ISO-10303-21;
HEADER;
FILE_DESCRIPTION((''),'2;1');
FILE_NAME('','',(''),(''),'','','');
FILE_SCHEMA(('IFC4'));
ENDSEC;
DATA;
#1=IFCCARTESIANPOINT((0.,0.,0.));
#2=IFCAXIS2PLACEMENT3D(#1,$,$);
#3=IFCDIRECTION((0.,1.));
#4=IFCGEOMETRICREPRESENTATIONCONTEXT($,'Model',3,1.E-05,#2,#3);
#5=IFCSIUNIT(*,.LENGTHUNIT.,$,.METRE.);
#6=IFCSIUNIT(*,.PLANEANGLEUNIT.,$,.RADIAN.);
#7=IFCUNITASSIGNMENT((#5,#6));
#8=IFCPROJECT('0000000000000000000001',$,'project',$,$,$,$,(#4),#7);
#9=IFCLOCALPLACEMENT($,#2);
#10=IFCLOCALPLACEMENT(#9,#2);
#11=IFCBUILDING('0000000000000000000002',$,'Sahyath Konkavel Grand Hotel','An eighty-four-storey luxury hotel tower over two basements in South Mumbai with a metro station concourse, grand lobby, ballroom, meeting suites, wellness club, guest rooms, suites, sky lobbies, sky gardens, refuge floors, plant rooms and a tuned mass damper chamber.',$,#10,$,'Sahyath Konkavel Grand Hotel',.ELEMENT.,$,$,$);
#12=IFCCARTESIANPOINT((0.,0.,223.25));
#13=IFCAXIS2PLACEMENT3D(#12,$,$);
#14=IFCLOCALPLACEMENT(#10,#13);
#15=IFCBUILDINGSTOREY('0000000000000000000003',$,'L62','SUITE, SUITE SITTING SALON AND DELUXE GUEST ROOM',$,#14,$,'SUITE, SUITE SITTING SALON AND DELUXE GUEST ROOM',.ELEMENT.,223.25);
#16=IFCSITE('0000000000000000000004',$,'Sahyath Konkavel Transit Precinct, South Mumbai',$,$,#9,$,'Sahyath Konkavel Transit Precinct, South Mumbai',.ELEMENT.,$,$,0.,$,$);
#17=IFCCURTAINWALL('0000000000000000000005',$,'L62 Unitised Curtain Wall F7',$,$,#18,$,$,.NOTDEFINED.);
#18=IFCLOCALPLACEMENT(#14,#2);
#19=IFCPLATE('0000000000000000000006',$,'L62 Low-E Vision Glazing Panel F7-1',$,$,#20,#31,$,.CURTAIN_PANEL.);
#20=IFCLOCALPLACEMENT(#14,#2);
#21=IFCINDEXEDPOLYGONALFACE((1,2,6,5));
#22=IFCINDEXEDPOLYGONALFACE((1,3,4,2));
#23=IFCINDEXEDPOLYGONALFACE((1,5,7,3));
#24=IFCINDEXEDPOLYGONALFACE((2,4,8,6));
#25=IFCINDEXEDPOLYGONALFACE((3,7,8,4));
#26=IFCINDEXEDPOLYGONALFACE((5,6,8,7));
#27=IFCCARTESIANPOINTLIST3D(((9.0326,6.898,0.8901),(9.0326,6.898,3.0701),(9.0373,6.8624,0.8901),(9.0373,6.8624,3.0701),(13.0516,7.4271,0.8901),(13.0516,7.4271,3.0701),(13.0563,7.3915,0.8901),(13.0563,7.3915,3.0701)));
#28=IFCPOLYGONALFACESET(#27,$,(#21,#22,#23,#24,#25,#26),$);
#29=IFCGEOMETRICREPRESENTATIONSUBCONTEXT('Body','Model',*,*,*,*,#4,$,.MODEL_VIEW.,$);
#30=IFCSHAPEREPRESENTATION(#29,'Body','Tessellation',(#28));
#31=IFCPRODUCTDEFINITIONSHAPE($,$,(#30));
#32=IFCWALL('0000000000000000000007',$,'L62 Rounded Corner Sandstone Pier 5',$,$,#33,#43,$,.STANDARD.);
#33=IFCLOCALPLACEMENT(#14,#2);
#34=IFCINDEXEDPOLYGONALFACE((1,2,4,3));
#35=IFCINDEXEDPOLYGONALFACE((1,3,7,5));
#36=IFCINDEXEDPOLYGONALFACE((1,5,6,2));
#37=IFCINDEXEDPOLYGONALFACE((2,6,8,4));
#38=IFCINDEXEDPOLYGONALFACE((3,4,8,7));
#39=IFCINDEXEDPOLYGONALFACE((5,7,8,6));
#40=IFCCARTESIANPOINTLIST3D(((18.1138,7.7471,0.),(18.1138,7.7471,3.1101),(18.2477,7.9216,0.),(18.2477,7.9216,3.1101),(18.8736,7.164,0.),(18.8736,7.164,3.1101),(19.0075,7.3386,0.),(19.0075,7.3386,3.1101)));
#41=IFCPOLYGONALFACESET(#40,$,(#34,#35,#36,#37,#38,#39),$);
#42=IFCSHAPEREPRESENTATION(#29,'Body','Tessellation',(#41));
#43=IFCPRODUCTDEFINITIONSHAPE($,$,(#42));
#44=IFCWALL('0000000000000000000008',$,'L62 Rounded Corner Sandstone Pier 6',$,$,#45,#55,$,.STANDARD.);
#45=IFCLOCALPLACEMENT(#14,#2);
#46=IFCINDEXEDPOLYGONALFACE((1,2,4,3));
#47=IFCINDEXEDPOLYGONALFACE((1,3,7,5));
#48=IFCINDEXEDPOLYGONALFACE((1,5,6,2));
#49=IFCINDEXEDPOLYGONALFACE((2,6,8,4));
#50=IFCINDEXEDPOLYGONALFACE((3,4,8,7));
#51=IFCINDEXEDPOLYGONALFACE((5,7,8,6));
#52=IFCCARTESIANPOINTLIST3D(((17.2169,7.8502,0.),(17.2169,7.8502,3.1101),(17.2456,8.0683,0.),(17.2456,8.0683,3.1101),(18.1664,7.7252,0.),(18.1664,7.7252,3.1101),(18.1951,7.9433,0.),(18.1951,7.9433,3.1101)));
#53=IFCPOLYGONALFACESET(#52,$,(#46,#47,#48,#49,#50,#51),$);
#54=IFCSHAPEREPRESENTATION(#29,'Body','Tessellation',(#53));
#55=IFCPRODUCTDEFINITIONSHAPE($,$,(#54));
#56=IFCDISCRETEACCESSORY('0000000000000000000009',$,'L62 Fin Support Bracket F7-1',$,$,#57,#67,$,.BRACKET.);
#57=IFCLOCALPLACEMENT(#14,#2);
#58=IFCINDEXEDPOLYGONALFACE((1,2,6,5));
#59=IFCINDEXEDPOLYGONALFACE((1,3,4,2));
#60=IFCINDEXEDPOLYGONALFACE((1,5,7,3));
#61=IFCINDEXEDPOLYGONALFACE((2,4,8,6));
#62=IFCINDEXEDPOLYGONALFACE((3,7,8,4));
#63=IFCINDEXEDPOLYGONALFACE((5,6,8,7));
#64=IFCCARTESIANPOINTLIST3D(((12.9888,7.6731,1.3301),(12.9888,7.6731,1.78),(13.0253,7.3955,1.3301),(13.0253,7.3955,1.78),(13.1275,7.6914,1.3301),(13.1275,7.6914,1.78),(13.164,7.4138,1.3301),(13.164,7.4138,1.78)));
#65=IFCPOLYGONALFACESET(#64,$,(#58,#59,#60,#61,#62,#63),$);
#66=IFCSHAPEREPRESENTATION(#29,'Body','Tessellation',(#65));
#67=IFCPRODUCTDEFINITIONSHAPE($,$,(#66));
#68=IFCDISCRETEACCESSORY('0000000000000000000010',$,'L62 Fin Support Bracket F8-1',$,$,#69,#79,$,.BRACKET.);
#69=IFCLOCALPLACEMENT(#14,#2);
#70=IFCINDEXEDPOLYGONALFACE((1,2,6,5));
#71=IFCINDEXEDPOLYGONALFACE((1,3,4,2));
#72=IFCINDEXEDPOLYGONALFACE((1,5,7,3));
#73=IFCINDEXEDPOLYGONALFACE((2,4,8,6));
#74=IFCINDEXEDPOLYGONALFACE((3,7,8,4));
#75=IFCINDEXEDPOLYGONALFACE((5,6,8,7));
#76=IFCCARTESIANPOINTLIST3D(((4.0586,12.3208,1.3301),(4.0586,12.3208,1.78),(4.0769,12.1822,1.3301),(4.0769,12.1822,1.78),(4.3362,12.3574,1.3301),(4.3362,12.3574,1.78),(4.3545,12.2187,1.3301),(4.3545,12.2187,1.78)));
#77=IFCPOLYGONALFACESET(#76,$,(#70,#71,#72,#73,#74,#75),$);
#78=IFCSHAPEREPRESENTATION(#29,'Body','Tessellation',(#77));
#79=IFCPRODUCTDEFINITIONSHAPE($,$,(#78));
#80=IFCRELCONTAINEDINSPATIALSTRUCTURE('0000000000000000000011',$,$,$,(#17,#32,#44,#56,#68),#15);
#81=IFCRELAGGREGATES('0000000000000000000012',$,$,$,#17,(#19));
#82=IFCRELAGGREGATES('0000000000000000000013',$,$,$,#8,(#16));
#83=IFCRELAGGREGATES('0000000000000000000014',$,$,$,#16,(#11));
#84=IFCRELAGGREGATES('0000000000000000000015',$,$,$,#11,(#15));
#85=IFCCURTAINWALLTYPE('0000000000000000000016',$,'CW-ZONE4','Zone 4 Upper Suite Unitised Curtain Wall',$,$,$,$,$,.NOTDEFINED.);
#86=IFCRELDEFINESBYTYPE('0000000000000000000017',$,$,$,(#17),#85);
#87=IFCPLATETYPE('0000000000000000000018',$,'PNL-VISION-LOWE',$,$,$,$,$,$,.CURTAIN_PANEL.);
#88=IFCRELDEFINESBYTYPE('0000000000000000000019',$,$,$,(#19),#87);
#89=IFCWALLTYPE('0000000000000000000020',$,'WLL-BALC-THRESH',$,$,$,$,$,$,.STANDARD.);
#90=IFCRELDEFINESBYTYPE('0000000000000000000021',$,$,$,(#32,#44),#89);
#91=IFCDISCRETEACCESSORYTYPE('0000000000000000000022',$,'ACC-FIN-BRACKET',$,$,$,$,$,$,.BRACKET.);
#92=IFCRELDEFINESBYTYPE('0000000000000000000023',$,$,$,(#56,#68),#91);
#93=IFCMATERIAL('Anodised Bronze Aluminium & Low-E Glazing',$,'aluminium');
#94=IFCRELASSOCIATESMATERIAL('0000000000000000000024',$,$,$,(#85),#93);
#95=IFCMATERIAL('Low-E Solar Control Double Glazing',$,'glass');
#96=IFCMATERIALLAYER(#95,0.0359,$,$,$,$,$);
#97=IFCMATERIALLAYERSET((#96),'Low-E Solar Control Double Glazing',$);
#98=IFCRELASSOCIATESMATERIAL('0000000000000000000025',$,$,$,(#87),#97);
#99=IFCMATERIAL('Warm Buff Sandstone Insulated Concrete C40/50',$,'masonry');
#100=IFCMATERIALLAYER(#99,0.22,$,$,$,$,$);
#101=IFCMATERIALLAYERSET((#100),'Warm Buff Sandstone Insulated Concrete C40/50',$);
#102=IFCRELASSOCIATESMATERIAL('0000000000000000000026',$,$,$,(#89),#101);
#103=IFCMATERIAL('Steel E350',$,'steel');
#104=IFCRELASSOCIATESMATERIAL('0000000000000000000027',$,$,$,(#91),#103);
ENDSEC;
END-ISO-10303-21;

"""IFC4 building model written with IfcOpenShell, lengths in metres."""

from ifc_helpers import new_model, si_unit, direction, frame, frame_2d, origin, origin_2d, place, context, subcontext, project, spatial, rectangle, extrude, source, transform, mapped, material, layer, layer_set, type_object, element, aggregate, save


model = new_model("IFC4")

# Units and contexts
model_context = context("Model", 3, precision=1e-05, world=origin(), true_north=direction((0.0, 1.0)))
body_context = subcontext(model_context, "Body", "Model", "MODEL_VIEW")
ifc_project = project(units=[si_unit("LENGTHUNIT", "METRE"), si_unit("PLANEANGLEUNIT", "RADIAN")], contexts=[model_context])

# Site, building, storey
site_placement = place(None, origin())
site = spatial("IfcSite", under=ifc_project, at=site_placement, Name="Sahyath Konkavel Transit Precinct, South Mumbai", LongName="Sahyath Konkavel Transit Precinct, South Mumbai", CompositionType="ELEMENT", RefElevation=0.0)
building_placement = place(site_placement, origin())
building = spatial("IfcBuilding", under=site, at=building_placement, Name="Sahyath Konkavel Grand Hotel", Description="An eighty-four-storey luxury hotel tower over two basements in South Mumbai with a metro station concourse, grand lobby, ballroom, meeting suites, wellness club, guest rooms, suites, sky lobbies, sky gardens, refuge floors, plant rooms and a tuned mass damper chamber.", LongName="Sahyath Konkavel Grand Hotel", CompositionType="ELEMENT")
storey_placement = place(building_placement, frame((0.0, 0.0, 223.25)))
storey = spatial("IfcBuildingStorey", under=building, at=storey_placement, Name="L62", Description="SUITE, SUITE SITTING SALON AND DELUXE GUEST ROOM", LongName="SUITE, SUITE SITTING SALON AND DELUXE GUEST ROOM", CompositionType="ELEMENT", Elevation=223.25)

# Shared definitions
ifc_material_1 = material(Name="Steel E350", Category="steel")

# Curtain wall
ifc_material_2 = material(Name="Anodised Bronze Aluminium & Low-E Glazing", Category="aluminium")
curtain_wall_type = type_object("IfcCurtainWallType", Name="CW-ZONE4", Description="Zone 4 Upper Suite Unitised Curtain Wall", PredefinedType="NOTDEFINED", material=ifc_material_2)
curtain_wall_1_placement = place(storey_placement, origin())
curtain_wall_1 = element("IfcCurtainWall", 1, at=curtain_wall_1_placement, inside=storey, type_object=curtain_wall_type, Name="L62 Unitised Curtain Wall F7", PredefinedType="NOTDEFINED")

# Plate
ifc_material_3 = material(Name="Low-E Solar Control Double Glazing", Category="glass")
ifc_layer_1 = layer(ifc_material_3, 0.0359)
ifc_layer_set_1 = layer_set([ifc_layer_1], Name="Low-E Solar Control Double Glazing")
plate_type_1 = type_object("IfcPlateType", Name="PNL-VISION-LOWE", PredefinedType="CURTAIN_PANEL", material=ifc_layer_set_1)
shared_shape_1 = source(origin(), body_context, "Body", "SweptSolid", [
    extrude(rectangle(XDim=4.0537, YDim=0.0359, at=origin_2d()), origin(), (0.0, 0.0, 1.0), 2.1799),
])
plate_1_placement = place(storey_placement, frame((11.0444, 7.1448, 0.8901), z_axis=(0.0, 0.0, 1.0), x_axis=(-0.991445, -0.130526, 0.0)))
plate_1 = element("IfcPlate", 2, at=plate_1_placement, type_object=plate_type_1, Name="L62 Low-E Vision Glazing Panel F7-1", PredefinedType="CURTAIN_PANEL", context=body_context, shape_type="MappedRepresentation", body=[
    mapped(shared_shape_1, transform((0.0, 0.0, 0.0), scale=1.0)),
])
aggregate(curtain_wall_1, [plate_1])

# Walls
ifc_material_4 = material(Name="Warm Buff Sandstone Insulated Concrete C40/50", Category="masonry")
ifc_layer_2 = layer(ifc_material_4, 0.22)
ifc_layer_set_2 = layer_set([ifc_layer_2], Name="Warm Buff Sandstone Insulated Concrete C40/50")
wall_type = type_object("IfcWallType", Name="WLL-BALC-THRESH", PredefinedType="STANDARD", material=ifc_layer_set_2)
for number, where, z_axis, x_axis, name in (
    (3, (18.9407, 7.2512, 0.0), (0.0, 0.0, 1.0), (-0.793344, 0.608774, 0.0), "L62 Rounded Corner Sandstone Pier 5"),
    (4, (18.1809, 7.8342, 0.0), (0.0, 0.0, 1.0), (-0.991445, 0.130527, 0.0), "L62 Rounded Corner Sandstone Pier 6"),
):
    element("IfcWall", number, at=place(storey_placement, frame(where, z_axis=z_axis, x_axis=x_axis)), inside=storey, type_object=wall_type, Name=name, PredefinedType="STANDARD", context=body_context, shape_type="SweptSolid", body=[
        extrude(rectangle(XDim=0.9578, YDim=0.22, at=frame_2d((0.479, 0.0))), origin(), (0.0, 0.0, 1.0), 3.1101),
    ])

# Discrete accessories
discrete_accessory_type = type_object("IfcDiscreteAccessoryType", Name="ACC-FIN-BRACKET", PredefinedType="BRACKET", material=ifc_material_1)
shared_shape_2 = source(origin(), body_context, "Body", "SweptSolid", [
    extrude(rectangle(XDim=0.28, YDim=0.1399, at=origin_2d()), origin(), (0.0, 0.0, 1.0), 0.45),
])
for number, where, z_axis, x_axis, name in (
    (5, (13.0764, 7.5435, 1.3301), (0.0, 0.0, 1.0), (-0.130526, 0.991445, 0.0), "L62 Fin Support Bracket F7-1"),
    (6, (4.2065, 12.2698, 1.3301), (0.0, 0.0, 1.0), (0.991445, 0.130526, 0.0), "L62 Fin Support Bracket F8-1"),
):
    element("IfcDiscreteAccessory", number, at=place(storey_placement, frame(where, z_axis=z_axis, x_axis=x_axis)), inside=storey, type_object=discrete_accessory_type, Name=name, PredefinedType="BRACKET", context=body_context, shape_type="MappedRepresentation", body=[
        mapped(shared_shape_2, transform((0.0, 0.0, 0.0), scale=1.0)),
    ])

save(model, "model.ifc")
